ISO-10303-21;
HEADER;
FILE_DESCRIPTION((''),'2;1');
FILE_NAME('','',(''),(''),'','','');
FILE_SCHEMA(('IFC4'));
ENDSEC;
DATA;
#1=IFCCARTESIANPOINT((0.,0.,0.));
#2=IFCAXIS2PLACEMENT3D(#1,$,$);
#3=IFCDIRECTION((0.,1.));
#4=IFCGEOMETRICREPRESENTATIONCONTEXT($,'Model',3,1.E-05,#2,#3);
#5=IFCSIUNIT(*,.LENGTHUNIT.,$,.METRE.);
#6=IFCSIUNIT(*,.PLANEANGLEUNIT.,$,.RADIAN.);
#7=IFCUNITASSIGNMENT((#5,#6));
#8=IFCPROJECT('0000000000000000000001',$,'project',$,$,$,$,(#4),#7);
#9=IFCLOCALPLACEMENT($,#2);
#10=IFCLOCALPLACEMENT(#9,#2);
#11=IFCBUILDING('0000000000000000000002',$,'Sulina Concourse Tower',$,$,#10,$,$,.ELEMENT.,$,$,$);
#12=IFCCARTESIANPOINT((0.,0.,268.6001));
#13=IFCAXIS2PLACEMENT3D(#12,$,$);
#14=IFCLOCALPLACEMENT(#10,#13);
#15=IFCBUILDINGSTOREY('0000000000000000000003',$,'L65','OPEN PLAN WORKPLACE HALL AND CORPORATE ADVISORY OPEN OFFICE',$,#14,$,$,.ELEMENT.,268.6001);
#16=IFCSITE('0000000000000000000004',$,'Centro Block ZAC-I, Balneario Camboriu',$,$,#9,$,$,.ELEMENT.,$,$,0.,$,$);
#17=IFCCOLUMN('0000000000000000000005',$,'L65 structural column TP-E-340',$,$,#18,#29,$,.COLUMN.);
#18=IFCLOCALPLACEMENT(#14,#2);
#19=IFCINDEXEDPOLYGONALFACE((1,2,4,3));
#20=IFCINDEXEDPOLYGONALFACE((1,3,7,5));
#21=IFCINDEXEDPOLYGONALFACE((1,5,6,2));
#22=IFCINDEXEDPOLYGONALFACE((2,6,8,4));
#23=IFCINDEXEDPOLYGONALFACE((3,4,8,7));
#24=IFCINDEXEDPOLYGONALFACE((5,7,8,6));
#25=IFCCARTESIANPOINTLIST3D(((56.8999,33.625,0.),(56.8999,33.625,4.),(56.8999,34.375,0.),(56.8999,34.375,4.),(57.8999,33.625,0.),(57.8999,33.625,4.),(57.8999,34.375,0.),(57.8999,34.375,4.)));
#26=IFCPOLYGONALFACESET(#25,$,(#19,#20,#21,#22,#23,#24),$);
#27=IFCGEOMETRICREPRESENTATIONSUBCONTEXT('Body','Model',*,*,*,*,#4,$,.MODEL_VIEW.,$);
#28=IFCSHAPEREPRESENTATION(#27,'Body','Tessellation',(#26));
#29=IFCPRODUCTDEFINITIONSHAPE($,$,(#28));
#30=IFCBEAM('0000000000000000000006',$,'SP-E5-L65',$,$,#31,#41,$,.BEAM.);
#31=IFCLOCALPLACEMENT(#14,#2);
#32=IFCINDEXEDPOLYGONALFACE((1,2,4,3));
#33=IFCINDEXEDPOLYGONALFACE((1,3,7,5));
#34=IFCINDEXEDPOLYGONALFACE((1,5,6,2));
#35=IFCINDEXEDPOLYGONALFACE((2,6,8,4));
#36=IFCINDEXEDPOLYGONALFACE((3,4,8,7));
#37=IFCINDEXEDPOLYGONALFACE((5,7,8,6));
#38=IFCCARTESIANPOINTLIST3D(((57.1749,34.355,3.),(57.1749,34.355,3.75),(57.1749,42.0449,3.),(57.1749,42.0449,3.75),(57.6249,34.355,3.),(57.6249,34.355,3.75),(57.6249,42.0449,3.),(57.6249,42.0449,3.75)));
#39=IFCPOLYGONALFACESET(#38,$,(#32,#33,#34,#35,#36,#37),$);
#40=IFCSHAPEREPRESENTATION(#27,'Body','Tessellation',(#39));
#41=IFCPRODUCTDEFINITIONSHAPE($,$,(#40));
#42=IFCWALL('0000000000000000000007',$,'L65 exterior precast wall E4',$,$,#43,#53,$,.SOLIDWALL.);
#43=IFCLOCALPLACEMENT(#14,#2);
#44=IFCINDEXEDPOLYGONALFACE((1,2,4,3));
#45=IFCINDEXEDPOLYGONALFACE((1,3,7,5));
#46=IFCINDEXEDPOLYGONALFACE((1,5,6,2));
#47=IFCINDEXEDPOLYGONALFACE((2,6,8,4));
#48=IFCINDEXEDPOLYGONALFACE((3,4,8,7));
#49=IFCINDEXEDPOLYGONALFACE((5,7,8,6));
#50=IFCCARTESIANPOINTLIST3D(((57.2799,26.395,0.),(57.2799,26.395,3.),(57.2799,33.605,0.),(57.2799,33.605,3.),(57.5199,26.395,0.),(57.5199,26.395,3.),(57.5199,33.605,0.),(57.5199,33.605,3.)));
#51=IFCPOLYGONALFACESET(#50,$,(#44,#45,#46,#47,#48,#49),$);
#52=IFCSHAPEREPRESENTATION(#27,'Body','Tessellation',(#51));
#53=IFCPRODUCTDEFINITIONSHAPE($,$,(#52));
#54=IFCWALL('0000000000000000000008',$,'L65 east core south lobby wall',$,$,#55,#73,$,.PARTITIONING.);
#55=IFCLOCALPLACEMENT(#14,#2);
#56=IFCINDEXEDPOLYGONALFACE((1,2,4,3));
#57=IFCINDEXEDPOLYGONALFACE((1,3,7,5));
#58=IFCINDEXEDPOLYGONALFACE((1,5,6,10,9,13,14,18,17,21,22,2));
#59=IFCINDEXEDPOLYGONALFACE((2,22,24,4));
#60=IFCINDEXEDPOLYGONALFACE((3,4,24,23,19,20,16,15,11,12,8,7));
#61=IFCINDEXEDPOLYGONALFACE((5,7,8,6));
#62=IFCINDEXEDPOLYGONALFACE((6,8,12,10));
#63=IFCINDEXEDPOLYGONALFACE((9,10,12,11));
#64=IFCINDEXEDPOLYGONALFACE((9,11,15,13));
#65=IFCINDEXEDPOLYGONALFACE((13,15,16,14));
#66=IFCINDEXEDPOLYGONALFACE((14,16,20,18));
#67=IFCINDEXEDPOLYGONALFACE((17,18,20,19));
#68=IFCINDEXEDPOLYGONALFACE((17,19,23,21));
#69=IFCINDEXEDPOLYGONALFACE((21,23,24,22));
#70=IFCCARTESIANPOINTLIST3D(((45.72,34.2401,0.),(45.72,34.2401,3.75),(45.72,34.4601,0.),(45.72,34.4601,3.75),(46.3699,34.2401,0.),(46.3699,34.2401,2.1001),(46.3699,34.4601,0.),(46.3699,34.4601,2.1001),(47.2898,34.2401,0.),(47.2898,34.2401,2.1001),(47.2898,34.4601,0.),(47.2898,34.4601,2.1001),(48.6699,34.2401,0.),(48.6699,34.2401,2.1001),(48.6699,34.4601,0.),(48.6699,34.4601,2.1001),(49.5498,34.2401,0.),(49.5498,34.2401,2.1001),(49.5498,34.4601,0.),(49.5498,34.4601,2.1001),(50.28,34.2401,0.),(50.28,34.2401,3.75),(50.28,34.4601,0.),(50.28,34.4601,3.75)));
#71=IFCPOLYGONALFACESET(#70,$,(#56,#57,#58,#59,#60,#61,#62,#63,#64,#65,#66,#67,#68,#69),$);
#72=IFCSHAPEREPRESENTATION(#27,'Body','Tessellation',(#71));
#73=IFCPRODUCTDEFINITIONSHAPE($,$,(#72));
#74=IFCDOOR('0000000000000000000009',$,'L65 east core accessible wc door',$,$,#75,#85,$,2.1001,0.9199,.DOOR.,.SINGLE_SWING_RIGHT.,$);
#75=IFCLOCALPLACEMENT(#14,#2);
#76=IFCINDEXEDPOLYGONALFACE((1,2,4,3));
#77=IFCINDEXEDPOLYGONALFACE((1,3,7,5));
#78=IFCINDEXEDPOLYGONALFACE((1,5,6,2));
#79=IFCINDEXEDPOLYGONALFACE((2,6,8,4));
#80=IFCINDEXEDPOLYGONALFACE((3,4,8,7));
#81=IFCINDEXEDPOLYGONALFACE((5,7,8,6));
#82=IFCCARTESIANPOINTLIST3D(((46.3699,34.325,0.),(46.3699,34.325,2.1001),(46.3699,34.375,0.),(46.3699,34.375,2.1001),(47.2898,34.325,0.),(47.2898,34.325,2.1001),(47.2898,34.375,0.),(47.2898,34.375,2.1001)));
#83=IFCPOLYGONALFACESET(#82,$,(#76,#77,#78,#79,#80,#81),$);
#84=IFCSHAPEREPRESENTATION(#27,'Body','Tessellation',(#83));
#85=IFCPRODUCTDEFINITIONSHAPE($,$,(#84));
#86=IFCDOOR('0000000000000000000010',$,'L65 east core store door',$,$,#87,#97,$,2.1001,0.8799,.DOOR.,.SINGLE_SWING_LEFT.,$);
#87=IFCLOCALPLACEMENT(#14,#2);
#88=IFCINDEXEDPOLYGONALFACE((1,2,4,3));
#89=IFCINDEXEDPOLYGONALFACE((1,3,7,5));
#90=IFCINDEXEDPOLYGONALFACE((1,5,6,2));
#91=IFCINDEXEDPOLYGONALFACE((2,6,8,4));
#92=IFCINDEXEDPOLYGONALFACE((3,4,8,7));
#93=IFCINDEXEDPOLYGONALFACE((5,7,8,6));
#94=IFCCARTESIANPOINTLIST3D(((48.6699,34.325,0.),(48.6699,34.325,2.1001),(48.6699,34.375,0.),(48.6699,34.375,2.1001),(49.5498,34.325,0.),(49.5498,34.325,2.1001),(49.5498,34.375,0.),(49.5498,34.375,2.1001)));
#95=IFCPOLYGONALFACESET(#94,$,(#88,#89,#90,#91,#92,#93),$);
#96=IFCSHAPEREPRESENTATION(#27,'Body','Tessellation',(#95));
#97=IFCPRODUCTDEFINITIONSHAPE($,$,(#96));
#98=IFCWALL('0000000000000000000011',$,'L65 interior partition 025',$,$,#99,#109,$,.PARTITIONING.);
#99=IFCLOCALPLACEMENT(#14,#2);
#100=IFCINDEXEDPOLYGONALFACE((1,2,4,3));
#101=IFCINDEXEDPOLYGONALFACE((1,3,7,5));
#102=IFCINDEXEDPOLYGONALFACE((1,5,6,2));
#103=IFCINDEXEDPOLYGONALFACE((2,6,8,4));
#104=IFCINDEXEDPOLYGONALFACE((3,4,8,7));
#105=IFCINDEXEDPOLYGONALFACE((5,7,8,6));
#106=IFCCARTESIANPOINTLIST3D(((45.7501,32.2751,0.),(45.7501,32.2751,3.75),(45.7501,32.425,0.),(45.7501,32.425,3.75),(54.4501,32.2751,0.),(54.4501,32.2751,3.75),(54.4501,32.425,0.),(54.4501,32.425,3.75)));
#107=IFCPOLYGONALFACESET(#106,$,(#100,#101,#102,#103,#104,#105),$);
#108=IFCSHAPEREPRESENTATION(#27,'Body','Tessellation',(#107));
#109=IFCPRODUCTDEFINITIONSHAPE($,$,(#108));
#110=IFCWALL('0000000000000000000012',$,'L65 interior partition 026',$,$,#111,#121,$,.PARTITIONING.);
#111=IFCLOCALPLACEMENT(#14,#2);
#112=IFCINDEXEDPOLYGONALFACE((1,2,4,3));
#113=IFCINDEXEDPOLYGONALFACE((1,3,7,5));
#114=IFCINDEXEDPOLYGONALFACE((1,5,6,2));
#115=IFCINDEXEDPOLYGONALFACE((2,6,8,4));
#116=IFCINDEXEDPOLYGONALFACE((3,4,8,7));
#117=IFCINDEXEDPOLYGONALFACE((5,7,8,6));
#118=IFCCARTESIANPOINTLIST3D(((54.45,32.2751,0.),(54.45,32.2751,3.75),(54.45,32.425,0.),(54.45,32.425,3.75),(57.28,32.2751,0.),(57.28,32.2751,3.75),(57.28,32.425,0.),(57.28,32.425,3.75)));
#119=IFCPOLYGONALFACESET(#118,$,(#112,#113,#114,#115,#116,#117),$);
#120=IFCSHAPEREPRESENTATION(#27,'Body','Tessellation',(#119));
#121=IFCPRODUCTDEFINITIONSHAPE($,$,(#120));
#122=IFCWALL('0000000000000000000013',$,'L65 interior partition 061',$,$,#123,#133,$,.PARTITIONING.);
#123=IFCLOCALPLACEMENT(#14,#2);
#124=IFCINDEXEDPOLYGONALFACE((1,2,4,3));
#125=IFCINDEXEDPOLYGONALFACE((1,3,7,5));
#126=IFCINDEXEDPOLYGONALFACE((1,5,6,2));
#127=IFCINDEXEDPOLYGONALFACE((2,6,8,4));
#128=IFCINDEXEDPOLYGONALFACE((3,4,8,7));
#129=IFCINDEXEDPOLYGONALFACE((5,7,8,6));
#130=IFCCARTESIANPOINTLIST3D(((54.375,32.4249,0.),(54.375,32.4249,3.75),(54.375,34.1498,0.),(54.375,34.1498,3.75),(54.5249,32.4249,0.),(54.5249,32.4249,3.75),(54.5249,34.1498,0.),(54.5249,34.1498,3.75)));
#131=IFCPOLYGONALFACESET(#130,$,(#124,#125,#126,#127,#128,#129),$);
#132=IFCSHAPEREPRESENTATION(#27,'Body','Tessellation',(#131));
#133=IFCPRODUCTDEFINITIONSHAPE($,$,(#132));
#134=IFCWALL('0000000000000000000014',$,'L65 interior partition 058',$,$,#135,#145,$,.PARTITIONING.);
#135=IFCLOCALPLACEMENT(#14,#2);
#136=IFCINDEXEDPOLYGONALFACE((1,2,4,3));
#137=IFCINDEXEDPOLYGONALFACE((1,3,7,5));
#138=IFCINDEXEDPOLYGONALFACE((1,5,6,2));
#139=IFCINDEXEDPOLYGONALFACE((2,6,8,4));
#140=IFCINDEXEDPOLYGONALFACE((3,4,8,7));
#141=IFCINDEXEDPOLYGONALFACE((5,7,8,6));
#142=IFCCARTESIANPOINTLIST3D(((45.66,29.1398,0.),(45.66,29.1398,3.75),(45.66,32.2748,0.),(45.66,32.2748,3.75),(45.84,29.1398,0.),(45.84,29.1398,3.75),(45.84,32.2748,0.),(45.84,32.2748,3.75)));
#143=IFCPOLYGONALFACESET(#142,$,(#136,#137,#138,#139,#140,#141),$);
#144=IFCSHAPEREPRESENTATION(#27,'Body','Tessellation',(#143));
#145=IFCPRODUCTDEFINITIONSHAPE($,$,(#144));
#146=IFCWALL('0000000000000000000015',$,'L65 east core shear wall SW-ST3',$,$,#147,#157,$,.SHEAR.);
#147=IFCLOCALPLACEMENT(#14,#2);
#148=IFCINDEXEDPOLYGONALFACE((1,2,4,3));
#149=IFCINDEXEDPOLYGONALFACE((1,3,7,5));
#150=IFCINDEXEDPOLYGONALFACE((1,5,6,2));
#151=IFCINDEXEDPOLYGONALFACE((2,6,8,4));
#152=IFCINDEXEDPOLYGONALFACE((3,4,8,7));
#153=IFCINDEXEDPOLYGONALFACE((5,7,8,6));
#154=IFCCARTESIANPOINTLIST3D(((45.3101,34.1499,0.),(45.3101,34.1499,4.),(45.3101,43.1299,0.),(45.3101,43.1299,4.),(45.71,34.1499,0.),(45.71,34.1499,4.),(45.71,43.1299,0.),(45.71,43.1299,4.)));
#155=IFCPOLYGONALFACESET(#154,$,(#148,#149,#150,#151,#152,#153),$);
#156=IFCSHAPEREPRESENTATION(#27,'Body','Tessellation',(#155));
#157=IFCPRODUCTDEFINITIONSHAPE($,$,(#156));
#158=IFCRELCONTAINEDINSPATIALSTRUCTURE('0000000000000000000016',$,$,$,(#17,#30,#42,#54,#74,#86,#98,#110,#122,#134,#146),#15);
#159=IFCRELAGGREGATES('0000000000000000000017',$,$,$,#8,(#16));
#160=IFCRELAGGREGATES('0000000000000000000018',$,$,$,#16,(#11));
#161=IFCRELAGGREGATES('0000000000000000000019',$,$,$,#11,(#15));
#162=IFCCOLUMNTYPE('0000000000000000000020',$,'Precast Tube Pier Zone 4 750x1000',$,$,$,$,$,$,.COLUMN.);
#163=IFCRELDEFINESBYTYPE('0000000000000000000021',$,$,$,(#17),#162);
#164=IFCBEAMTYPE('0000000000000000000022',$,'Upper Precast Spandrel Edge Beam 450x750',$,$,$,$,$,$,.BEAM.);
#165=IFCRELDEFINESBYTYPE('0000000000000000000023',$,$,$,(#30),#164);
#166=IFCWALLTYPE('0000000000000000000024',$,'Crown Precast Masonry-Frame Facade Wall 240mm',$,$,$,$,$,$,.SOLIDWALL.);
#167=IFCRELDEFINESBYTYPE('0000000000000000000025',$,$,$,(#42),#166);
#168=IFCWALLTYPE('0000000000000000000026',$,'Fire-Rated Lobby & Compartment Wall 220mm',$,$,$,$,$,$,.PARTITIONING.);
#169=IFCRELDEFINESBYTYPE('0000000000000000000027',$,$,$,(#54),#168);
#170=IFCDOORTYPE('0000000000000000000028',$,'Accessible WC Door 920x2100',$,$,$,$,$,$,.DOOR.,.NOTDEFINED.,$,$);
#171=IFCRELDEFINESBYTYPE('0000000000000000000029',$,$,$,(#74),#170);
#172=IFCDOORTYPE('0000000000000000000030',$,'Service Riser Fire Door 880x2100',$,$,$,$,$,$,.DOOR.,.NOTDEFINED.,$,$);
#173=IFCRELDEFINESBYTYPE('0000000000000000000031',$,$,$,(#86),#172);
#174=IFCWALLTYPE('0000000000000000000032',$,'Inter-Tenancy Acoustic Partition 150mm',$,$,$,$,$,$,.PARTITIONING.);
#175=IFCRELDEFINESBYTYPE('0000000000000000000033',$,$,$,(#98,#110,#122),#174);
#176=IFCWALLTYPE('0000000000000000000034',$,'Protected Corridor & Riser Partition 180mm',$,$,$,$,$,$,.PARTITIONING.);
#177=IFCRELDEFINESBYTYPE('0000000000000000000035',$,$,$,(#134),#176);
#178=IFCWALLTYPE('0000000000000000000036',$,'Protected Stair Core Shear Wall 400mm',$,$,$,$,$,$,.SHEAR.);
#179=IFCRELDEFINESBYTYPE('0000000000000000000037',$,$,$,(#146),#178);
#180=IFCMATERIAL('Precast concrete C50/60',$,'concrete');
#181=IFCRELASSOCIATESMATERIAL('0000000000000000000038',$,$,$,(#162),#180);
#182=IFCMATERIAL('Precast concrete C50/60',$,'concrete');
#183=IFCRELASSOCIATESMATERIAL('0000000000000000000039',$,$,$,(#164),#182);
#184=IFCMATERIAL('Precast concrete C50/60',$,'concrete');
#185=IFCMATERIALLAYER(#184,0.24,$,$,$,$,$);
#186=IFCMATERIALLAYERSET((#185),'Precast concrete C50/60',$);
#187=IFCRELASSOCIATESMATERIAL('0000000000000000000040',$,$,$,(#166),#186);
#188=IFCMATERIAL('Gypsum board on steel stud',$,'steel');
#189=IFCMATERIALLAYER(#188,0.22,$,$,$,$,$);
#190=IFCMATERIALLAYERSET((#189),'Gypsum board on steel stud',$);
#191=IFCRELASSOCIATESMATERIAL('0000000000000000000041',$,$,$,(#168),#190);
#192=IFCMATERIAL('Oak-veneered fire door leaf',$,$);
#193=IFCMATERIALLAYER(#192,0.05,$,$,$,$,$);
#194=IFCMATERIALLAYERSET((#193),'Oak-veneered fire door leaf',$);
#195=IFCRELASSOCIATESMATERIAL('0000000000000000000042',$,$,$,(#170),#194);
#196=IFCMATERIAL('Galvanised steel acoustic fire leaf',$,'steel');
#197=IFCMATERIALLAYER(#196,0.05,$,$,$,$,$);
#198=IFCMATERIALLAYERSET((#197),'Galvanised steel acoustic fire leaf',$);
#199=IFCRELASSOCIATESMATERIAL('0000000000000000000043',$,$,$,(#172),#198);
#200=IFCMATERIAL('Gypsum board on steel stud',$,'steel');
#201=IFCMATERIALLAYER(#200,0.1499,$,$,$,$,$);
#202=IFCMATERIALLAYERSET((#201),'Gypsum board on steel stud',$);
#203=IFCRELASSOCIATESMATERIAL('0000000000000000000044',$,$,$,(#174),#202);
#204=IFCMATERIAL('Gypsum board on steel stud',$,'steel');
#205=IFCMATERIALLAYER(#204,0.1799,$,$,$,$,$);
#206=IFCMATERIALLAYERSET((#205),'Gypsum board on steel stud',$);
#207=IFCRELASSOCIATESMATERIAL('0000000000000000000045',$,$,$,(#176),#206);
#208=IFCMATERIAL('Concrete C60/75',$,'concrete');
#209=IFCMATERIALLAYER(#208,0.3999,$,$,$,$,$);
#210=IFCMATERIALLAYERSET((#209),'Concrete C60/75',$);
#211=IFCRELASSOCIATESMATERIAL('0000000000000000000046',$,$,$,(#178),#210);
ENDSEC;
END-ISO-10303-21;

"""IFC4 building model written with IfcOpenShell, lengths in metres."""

from ifc_helpers import new_model, si_unit, direction, frame, frame_2d, origin, origin_2d, place, context, subcontext, project, spatial, rectangle, extrude, material, layer, layer_set, material_profile, profile_set, type_object, element, fill, save


model = new_model("IFC4")

# Units and contexts
model_context = context("Model", 3, precision=1e-05, world=origin(), true_north=direction((0.0, 1.0)))
body_context = subcontext(model_context, "Body", "Model", "MODEL_VIEW")
ifc_project = project(units=[si_unit("LENGTHUNIT", "METRE"), si_unit("PLANEANGLEUNIT", "RADIAN")], contexts=[model_context])

# Site, building, storey
site_placement = place(None, origin())
site = spatial("IfcSite", under=ifc_project, at=site_placement, Name="Centro Block ZAC-I, Balneario Camboriu", CompositionType="ELEMENT", RefElevation=0.0)
building_placement = place(site_placement, origin())
building = spatial("IfcBuilding", under=site, at=building_placement, Name="Sulina Concourse Tower", CompositionType="ELEMENT")
storey_placement = place(building_placement, frame((0.0, 0.0, 268.6001)))
storey = spatial("IfcBuildingStorey", under=building, at=storey_placement, Name="L65", Description="OPEN PLAN WORKPLACE HALL AND CORPORATE ADVISORY OPEN OFFICE", CompositionType="ELEMENT", Elevation=268.6001)

# Column
ifc_material_1 = material(Name="Precast concrete C50/60", Category="concrete")
ifc_material_profile_1 = material_profile(ifc_material_1, rectangle(XDim=0.75, YDim=1.0, at=origin_2d()), Name="PC 750x1000")
ifc_profile_set_1 = profile_set([ifc_material_profile_1], Name="Precast concrete C50/60")
column_type = type_object("IfcColumnType", Name="Precast Tube Pier Zone 4 750x1000", PredefinedType="COLUMN", material=ifc_profile_set_1)
column_placement = place(storey_placement, frame((57.3999, 34.0, 0.0), z_axis=(0.0, 0.0, 1.0), x_axis=(0.0, 1.0, 0.0)))
element("IfcColumn", 1, at=column_placement, inside=storey, type_object=column_type, Name="L65 structural column TP-E-340", PredefinedType="COLUMN", context=body_context, shape_type="SweptSolid", body=[
    extrude(rectangle(XDim=0.75, YDim=1.0, at=origin_2d()), origin(), (0.0, 0.0, 1.0), 4.0),
])

# Beam
ifc_material_2 = material(Name="Precast concrete C50/60", Category="concrete")
ifc_material_profile_2 = material_profile(ifc_material_2, rectangle(XDim=0.45, YDim=0.75, at=origin_2d()), Name="RC 450x750")
ifc_profile_set_2 = profile_set([ifc_material_profile_2], Name="Precast concrete C50/60")
beam_type = type_object("IfcBeamType", Name="Upper Precast Spandrel Edge Beam 450x750", PredefinedType="BEAM", material=ifc_profile_set_2)
beam_placement = place(storey_placement, frame((57.3999, 34.355, 3.375), z_axis=(0.0, 1.0, 0.0), x_axis=(-1.0, 0.0, 0.0)))
element("IfcBeam", 2, at=beam_placement, inside=storey, type_object=beam_type, Name="SP-E5-L65", PredefinedType="BEAM", context=body_context, shape_type="SweptSolid", body=[
    extrude(rectangle(XDim=0.45, YDim=0.75, at=origin_2d()), origin(), (0.0, 0.0, 1.0), 7.6899),
])

# Wall
ifc_material_3 = material(Name="Precast concrete C50/60", Category="concrete")
ifc_layer_1 = layer(ifc_material_3, 0.24)
ifc_layer_set_1 = layer_set([ifc_layer_1], Name="Precast concrete C50/60")
wall_type_1 = type_object("IfcWallType", Name="Crown Precast Masonry-Frame Facade Wall 240mm", PredefinedType="SOLIDWALL", material=ifc_layer_set_1)
wall_1_placement = place(storey_placement, frame((57.3999, 33.605, 0.0), z_axis=(0.0, 0.0, 1.0), x_axis=(0.0, -1.0, 0.0)))
element("IfcWall", 3, at=wall_1_placement, inside=storey, type_object=wall_type_1, Name="L65 exterior precast wall E4", PredefinedType="SOLIDWALL", context=body_context, shape_type="SweptSolid", body=[
    extrude(rectangle(XDim=7.21, YDim=0.24, at=frame_2d((3.605, 0.0))), origin(), (0.0, 0.0, 1.0), 3.0),
])

# Wall, openings, doors
ifc_material_4 = material(Name="Gypsum board on steel stud", Category="steel")
ifc_layer_2 = layer(ifc_material_4, 0.22)
ifc_layer_set_2 = layer_set([ifc_layer_2], Name="Gypsum board on steel stud")
wall_type_2 = type_object("IfcWallType", Name="Fire-Rated Lobby & Compartment Wall 220mm", PredefinedType="PARTITIONING", material=ifc_layer_set_2)
wall_2_placement = place(storey_placement, frame((45.72, 34.3501, 0.0), z_axis=(0.0, 0.0, 1.0), x_axis=(1.0, 0.0, 0.0)))
wall_2 = element("IfcWall", 4, at=wall_2_placement, inside=storey, type_object=wall_type_2, Name="L65 east core south lobby wall", PredefinedType="PARTITIONING", context=body_context, shape_type="SweptSolid", body=[
    extrude(rectangle(XDim=4.5601, YDim=0.22, at=frame_2d((2.28, 0.0))), origin(), (0.0, 0.0, 1.0), 3.75),
])
opening_1_placement = place(wall_2_placement, frame((0.6499, 0.0, 0.0)))
opening_1 = element("IfcOpeningElement", 5, at=opening_1_placement, cuts=wall_2, PredefinedType="OPENING", context=body_context, shape_type="SweptSolid", body=[
    extrude(rectangle(XDim=0.9199, YDim=2.1001, at=frame_2d((0.46, 1.05))), frame((0.0, 0.1199, 0.0), z_axis=(0.0, -1.0, 0.0), x_axis=(1.0, 0.0, 0.0)), (0.0, 0.0, 1.0), 0.24),
])
opening_2_placement = place(wall_2_placement, frame((2.95, 0.0, 0.0)))
opening_2 = element("IfcOpeningElement", 6, at=opening_2_placement, cuts=wall_2, PredefinedType="OPENING", context=body_context, shape_type="SweptSolid", body=[
    extrude(rectangle(XDim=0.8799, YDim=2.1001, at=frame_2d((0.4399, 1.05))), frame((0.0, 0.1199, 0.0), z_axis=(0.0, -1.0, 0.0), x_axis=(1.0, 0.0, 0.0)), (0.0, 0.0, 1.0), 0.24),
])
ifc_material_5 = material(Name="Oak-veneered fire door leaf")
ifc_layer_3 = layer(ifc_material_5, 0.05)
ifc_layer_set_3 = layer_set([ifc_layer_3], Name="Oak-veneered fire door leaf")
door_type_1 = type_object("IfcDoorType", Name="Accessible WC Door 920x2100", OperationType="NOTDEFINED", PredefinedType="DOOR", material=ifc_layer_set_3)
door_1_placement = place(opening_1_placement, origin())
door_1 = element("IfcDoor", 7, at=door_1_placement, inside=storey, type_object=door_type_1, Name="L65 east core accessible wc door", OperationType="SINGLE_SWING_RIGHT", OverallHeight=2.1001, OverallWidth=0.9199, PredefinedType="DOOR", context=body_context, shape_type="SweptSolid", body=[
    extrude(rectangle(XDim=0.9199, YDim=2.1001, at=frame_2d((0.46, 1.05))), frame((0.0, 0.0249, 0.0), z_axis=(0.0, -1.0, 0.0), x_axis=(1.0, 0.0, 0.0)), (0.0, 0.0, 1.0), 0.05),
])
fill(opening_1, door_1)
ifc_material_6 = material(Name="Galvanised steel acoustic fire leaf", Category="steel")
ifc_layer_4 = layer(ifc_material_6, 0.05)
ifc_layer_set_4 = layer_set([ifc_layer_4], Name="Galvanised steel acoustic fire leaf")
door_type_2 = type_object("IfcDoorType", Name="Service Riser Fire Door 880x2100", OperationType="NOTDEFINED", PredefinedType="DOOR", material=ifc_layer_set_4)
door_2_placement = place(opening_2_placement, origin())
door_2 = element("IfcDoor", 8, at=door_2_placement, inside=storey, type_object=door_type_2, Name="L65 east core store door", OperationType="SINGLE_SWING_LEFT", OverallHeight=2.1001, OverallWidth=0.8799, PredefinedType="DOOR", context=body_context, shape_type="SweptSolid", body=[
    extrude(rectangle(XDim=0.8799, YDim=2.1001, at=frame_2d((0.4399, 1.05))), frame((0.0, 0.0249, 0.0), z_axis=(0.0, -1.0, 0.0), x_axis=(1.0, 0.0, 0.0)), (0.0, 0.0, 1.0), 0.05),
])
fill(opening_2, door_2)

# Walls
ifc_material_7 = material(Name="Gypsum board on steel stud", Category="steel")
ifc_layer_5 = layer(ifc_material_7, 0.1499)
ifc_layer_set_5 = layer_set([ifc_layer_5], Name="Gypsum board on steel stud")
wall_type_3 = type_object("IfcWallType", Name="Inter-Tenancy Acoustic Partition 150mm", PredefinedType="PARTITIONING", material=ifc_layer_set_5)
wall_3_placement = place(storey_placement, frame((45.75, 32.3501, 0.0), z_axis=(0.0, 0.0, 1.0), x_axis=(1.0, 0.0, 0.0)))
element("IfcWall", 9, at=wall_3_placement, inside=storey, type_object=wall_type_3, Name="L65 interior partition 025", PredefinedType="PARTITIONING", context=body_context, shape_type="SweptSolid", body=[
    extrude(rectangle(XDim=8.7, YDim=0.1499, at=frame_2d((4.3501, 0.0))), origin(), (0.0, 0.0, 1.0), 3.75),
])
wall_4_placement = place(storey_placement, frame((54.45, 32.3501, 0.0), z_axis=(0.0, 0.0, 1.0), x_axis=(1.0, 0.0, 0.0)))
element("IfcWall", 10, at=wall_4_placement, inside=storey, type_object=wall_type_3, Name="L65 interior partition 026", PredefinedType="PARTITIONING", context=body_context, shape_type="SweptSolid", body=[
    extrude(rectangle(XDim=2.8301, YDim=0.1499, at=frame_2d((1.415, 0.0))), origin(), (0.0, 0.0, 1.0), 3.75),
])
wall_5_placement = place(storey_placement, frame((54.45, 32.425, 0.0), z_axis=(0.0, 0.0, 1.0), x_axis=(0.0, 1.0, 0.0)))
element("IfcWall", 11, at=wall_5_placement, inside=storey, type_object=wall_type_3, Name="L65 interior partition 061", PredefinedType="PARTITIONING", context=body_context, shape_type="SweptSolid", body=[
    extrude(rectangle(XDim=1.7249, YDim=0.1499, at=frame_2d((0.8623, 0.0))), origin(), (0.0, 0.0, 1.0), 3.75),
])
ifc_material_8 = material(Name="Gypsum board on steel stud", Category="steel")
ifc_layer_6 = layer(ifc_material_8, 0.1799)
ifc_layer_set_6 = layer_set([ifc_layer_6], Name="Gypsum board on steel stud")
wall_type_4 = type_object("IfcWallType", Name="Protected Corridor & Riser Partition 180mm", PredefinedType="PARTITIONING", material=ifc_layer_set_6)
wall_6_placement = place(storey_placement, frame((45.75, 29.1399, 0.0), z_axis=(0.0, 0.0, 1.0), x_axis=(0.0, 1.0, 0.0)))
element("IfcWall", 12, at=wall_6_placement, inside=storey, type_object=wall_type_4, Name="L65 interior partition 058", PredefinedType="PARTITIONING", context=body_context, shape_type="SweptSolid", body=[
    extrude(rectangle(XDim=3.135, YDim=0.1799, at=frame_2d((1.5674, 0.0))), origin(), (0.0, 0.0, 1.0), 3.75),
])
ifc_material_9 = material(Name="Concrete C60/75", Category="concrete")
ifc_layer_7 = layer(ifc_material_9, 0.3999)
ifc_layer_set_7 = layer_set([ifc_layer_7], Name="Concrete C60/75")
wall_type_5 = type_object("IfcWallType", Name="Protected Stair Core Shear Wall 400mm", PredefinedType="SHEAR", material=ifc_layer_set_7)
wall_7_placement = place(storey_placement, frame((45.51, 34.1499, 0.0), z_axis=(0.0, 0.0, 1.0), x_axis=(0.0, 1.0, 0.0)))
element("IfcWall", 13, at=wall_7_placement, inside=storey, type_object=wall_type_5, Name="L65 east core shear wall SW-ST3", PredefinedType="SHEAR", context=body_context, shape_type="SweptSolid", body=[
    extrude(rectangle(XDim=8.98, YDim=0.3999, at=frame_2d((4.49, 0.0))), origin(), (0.0, 0.0, 1.0), 4.0),
])

save(model, "model.ifc")
